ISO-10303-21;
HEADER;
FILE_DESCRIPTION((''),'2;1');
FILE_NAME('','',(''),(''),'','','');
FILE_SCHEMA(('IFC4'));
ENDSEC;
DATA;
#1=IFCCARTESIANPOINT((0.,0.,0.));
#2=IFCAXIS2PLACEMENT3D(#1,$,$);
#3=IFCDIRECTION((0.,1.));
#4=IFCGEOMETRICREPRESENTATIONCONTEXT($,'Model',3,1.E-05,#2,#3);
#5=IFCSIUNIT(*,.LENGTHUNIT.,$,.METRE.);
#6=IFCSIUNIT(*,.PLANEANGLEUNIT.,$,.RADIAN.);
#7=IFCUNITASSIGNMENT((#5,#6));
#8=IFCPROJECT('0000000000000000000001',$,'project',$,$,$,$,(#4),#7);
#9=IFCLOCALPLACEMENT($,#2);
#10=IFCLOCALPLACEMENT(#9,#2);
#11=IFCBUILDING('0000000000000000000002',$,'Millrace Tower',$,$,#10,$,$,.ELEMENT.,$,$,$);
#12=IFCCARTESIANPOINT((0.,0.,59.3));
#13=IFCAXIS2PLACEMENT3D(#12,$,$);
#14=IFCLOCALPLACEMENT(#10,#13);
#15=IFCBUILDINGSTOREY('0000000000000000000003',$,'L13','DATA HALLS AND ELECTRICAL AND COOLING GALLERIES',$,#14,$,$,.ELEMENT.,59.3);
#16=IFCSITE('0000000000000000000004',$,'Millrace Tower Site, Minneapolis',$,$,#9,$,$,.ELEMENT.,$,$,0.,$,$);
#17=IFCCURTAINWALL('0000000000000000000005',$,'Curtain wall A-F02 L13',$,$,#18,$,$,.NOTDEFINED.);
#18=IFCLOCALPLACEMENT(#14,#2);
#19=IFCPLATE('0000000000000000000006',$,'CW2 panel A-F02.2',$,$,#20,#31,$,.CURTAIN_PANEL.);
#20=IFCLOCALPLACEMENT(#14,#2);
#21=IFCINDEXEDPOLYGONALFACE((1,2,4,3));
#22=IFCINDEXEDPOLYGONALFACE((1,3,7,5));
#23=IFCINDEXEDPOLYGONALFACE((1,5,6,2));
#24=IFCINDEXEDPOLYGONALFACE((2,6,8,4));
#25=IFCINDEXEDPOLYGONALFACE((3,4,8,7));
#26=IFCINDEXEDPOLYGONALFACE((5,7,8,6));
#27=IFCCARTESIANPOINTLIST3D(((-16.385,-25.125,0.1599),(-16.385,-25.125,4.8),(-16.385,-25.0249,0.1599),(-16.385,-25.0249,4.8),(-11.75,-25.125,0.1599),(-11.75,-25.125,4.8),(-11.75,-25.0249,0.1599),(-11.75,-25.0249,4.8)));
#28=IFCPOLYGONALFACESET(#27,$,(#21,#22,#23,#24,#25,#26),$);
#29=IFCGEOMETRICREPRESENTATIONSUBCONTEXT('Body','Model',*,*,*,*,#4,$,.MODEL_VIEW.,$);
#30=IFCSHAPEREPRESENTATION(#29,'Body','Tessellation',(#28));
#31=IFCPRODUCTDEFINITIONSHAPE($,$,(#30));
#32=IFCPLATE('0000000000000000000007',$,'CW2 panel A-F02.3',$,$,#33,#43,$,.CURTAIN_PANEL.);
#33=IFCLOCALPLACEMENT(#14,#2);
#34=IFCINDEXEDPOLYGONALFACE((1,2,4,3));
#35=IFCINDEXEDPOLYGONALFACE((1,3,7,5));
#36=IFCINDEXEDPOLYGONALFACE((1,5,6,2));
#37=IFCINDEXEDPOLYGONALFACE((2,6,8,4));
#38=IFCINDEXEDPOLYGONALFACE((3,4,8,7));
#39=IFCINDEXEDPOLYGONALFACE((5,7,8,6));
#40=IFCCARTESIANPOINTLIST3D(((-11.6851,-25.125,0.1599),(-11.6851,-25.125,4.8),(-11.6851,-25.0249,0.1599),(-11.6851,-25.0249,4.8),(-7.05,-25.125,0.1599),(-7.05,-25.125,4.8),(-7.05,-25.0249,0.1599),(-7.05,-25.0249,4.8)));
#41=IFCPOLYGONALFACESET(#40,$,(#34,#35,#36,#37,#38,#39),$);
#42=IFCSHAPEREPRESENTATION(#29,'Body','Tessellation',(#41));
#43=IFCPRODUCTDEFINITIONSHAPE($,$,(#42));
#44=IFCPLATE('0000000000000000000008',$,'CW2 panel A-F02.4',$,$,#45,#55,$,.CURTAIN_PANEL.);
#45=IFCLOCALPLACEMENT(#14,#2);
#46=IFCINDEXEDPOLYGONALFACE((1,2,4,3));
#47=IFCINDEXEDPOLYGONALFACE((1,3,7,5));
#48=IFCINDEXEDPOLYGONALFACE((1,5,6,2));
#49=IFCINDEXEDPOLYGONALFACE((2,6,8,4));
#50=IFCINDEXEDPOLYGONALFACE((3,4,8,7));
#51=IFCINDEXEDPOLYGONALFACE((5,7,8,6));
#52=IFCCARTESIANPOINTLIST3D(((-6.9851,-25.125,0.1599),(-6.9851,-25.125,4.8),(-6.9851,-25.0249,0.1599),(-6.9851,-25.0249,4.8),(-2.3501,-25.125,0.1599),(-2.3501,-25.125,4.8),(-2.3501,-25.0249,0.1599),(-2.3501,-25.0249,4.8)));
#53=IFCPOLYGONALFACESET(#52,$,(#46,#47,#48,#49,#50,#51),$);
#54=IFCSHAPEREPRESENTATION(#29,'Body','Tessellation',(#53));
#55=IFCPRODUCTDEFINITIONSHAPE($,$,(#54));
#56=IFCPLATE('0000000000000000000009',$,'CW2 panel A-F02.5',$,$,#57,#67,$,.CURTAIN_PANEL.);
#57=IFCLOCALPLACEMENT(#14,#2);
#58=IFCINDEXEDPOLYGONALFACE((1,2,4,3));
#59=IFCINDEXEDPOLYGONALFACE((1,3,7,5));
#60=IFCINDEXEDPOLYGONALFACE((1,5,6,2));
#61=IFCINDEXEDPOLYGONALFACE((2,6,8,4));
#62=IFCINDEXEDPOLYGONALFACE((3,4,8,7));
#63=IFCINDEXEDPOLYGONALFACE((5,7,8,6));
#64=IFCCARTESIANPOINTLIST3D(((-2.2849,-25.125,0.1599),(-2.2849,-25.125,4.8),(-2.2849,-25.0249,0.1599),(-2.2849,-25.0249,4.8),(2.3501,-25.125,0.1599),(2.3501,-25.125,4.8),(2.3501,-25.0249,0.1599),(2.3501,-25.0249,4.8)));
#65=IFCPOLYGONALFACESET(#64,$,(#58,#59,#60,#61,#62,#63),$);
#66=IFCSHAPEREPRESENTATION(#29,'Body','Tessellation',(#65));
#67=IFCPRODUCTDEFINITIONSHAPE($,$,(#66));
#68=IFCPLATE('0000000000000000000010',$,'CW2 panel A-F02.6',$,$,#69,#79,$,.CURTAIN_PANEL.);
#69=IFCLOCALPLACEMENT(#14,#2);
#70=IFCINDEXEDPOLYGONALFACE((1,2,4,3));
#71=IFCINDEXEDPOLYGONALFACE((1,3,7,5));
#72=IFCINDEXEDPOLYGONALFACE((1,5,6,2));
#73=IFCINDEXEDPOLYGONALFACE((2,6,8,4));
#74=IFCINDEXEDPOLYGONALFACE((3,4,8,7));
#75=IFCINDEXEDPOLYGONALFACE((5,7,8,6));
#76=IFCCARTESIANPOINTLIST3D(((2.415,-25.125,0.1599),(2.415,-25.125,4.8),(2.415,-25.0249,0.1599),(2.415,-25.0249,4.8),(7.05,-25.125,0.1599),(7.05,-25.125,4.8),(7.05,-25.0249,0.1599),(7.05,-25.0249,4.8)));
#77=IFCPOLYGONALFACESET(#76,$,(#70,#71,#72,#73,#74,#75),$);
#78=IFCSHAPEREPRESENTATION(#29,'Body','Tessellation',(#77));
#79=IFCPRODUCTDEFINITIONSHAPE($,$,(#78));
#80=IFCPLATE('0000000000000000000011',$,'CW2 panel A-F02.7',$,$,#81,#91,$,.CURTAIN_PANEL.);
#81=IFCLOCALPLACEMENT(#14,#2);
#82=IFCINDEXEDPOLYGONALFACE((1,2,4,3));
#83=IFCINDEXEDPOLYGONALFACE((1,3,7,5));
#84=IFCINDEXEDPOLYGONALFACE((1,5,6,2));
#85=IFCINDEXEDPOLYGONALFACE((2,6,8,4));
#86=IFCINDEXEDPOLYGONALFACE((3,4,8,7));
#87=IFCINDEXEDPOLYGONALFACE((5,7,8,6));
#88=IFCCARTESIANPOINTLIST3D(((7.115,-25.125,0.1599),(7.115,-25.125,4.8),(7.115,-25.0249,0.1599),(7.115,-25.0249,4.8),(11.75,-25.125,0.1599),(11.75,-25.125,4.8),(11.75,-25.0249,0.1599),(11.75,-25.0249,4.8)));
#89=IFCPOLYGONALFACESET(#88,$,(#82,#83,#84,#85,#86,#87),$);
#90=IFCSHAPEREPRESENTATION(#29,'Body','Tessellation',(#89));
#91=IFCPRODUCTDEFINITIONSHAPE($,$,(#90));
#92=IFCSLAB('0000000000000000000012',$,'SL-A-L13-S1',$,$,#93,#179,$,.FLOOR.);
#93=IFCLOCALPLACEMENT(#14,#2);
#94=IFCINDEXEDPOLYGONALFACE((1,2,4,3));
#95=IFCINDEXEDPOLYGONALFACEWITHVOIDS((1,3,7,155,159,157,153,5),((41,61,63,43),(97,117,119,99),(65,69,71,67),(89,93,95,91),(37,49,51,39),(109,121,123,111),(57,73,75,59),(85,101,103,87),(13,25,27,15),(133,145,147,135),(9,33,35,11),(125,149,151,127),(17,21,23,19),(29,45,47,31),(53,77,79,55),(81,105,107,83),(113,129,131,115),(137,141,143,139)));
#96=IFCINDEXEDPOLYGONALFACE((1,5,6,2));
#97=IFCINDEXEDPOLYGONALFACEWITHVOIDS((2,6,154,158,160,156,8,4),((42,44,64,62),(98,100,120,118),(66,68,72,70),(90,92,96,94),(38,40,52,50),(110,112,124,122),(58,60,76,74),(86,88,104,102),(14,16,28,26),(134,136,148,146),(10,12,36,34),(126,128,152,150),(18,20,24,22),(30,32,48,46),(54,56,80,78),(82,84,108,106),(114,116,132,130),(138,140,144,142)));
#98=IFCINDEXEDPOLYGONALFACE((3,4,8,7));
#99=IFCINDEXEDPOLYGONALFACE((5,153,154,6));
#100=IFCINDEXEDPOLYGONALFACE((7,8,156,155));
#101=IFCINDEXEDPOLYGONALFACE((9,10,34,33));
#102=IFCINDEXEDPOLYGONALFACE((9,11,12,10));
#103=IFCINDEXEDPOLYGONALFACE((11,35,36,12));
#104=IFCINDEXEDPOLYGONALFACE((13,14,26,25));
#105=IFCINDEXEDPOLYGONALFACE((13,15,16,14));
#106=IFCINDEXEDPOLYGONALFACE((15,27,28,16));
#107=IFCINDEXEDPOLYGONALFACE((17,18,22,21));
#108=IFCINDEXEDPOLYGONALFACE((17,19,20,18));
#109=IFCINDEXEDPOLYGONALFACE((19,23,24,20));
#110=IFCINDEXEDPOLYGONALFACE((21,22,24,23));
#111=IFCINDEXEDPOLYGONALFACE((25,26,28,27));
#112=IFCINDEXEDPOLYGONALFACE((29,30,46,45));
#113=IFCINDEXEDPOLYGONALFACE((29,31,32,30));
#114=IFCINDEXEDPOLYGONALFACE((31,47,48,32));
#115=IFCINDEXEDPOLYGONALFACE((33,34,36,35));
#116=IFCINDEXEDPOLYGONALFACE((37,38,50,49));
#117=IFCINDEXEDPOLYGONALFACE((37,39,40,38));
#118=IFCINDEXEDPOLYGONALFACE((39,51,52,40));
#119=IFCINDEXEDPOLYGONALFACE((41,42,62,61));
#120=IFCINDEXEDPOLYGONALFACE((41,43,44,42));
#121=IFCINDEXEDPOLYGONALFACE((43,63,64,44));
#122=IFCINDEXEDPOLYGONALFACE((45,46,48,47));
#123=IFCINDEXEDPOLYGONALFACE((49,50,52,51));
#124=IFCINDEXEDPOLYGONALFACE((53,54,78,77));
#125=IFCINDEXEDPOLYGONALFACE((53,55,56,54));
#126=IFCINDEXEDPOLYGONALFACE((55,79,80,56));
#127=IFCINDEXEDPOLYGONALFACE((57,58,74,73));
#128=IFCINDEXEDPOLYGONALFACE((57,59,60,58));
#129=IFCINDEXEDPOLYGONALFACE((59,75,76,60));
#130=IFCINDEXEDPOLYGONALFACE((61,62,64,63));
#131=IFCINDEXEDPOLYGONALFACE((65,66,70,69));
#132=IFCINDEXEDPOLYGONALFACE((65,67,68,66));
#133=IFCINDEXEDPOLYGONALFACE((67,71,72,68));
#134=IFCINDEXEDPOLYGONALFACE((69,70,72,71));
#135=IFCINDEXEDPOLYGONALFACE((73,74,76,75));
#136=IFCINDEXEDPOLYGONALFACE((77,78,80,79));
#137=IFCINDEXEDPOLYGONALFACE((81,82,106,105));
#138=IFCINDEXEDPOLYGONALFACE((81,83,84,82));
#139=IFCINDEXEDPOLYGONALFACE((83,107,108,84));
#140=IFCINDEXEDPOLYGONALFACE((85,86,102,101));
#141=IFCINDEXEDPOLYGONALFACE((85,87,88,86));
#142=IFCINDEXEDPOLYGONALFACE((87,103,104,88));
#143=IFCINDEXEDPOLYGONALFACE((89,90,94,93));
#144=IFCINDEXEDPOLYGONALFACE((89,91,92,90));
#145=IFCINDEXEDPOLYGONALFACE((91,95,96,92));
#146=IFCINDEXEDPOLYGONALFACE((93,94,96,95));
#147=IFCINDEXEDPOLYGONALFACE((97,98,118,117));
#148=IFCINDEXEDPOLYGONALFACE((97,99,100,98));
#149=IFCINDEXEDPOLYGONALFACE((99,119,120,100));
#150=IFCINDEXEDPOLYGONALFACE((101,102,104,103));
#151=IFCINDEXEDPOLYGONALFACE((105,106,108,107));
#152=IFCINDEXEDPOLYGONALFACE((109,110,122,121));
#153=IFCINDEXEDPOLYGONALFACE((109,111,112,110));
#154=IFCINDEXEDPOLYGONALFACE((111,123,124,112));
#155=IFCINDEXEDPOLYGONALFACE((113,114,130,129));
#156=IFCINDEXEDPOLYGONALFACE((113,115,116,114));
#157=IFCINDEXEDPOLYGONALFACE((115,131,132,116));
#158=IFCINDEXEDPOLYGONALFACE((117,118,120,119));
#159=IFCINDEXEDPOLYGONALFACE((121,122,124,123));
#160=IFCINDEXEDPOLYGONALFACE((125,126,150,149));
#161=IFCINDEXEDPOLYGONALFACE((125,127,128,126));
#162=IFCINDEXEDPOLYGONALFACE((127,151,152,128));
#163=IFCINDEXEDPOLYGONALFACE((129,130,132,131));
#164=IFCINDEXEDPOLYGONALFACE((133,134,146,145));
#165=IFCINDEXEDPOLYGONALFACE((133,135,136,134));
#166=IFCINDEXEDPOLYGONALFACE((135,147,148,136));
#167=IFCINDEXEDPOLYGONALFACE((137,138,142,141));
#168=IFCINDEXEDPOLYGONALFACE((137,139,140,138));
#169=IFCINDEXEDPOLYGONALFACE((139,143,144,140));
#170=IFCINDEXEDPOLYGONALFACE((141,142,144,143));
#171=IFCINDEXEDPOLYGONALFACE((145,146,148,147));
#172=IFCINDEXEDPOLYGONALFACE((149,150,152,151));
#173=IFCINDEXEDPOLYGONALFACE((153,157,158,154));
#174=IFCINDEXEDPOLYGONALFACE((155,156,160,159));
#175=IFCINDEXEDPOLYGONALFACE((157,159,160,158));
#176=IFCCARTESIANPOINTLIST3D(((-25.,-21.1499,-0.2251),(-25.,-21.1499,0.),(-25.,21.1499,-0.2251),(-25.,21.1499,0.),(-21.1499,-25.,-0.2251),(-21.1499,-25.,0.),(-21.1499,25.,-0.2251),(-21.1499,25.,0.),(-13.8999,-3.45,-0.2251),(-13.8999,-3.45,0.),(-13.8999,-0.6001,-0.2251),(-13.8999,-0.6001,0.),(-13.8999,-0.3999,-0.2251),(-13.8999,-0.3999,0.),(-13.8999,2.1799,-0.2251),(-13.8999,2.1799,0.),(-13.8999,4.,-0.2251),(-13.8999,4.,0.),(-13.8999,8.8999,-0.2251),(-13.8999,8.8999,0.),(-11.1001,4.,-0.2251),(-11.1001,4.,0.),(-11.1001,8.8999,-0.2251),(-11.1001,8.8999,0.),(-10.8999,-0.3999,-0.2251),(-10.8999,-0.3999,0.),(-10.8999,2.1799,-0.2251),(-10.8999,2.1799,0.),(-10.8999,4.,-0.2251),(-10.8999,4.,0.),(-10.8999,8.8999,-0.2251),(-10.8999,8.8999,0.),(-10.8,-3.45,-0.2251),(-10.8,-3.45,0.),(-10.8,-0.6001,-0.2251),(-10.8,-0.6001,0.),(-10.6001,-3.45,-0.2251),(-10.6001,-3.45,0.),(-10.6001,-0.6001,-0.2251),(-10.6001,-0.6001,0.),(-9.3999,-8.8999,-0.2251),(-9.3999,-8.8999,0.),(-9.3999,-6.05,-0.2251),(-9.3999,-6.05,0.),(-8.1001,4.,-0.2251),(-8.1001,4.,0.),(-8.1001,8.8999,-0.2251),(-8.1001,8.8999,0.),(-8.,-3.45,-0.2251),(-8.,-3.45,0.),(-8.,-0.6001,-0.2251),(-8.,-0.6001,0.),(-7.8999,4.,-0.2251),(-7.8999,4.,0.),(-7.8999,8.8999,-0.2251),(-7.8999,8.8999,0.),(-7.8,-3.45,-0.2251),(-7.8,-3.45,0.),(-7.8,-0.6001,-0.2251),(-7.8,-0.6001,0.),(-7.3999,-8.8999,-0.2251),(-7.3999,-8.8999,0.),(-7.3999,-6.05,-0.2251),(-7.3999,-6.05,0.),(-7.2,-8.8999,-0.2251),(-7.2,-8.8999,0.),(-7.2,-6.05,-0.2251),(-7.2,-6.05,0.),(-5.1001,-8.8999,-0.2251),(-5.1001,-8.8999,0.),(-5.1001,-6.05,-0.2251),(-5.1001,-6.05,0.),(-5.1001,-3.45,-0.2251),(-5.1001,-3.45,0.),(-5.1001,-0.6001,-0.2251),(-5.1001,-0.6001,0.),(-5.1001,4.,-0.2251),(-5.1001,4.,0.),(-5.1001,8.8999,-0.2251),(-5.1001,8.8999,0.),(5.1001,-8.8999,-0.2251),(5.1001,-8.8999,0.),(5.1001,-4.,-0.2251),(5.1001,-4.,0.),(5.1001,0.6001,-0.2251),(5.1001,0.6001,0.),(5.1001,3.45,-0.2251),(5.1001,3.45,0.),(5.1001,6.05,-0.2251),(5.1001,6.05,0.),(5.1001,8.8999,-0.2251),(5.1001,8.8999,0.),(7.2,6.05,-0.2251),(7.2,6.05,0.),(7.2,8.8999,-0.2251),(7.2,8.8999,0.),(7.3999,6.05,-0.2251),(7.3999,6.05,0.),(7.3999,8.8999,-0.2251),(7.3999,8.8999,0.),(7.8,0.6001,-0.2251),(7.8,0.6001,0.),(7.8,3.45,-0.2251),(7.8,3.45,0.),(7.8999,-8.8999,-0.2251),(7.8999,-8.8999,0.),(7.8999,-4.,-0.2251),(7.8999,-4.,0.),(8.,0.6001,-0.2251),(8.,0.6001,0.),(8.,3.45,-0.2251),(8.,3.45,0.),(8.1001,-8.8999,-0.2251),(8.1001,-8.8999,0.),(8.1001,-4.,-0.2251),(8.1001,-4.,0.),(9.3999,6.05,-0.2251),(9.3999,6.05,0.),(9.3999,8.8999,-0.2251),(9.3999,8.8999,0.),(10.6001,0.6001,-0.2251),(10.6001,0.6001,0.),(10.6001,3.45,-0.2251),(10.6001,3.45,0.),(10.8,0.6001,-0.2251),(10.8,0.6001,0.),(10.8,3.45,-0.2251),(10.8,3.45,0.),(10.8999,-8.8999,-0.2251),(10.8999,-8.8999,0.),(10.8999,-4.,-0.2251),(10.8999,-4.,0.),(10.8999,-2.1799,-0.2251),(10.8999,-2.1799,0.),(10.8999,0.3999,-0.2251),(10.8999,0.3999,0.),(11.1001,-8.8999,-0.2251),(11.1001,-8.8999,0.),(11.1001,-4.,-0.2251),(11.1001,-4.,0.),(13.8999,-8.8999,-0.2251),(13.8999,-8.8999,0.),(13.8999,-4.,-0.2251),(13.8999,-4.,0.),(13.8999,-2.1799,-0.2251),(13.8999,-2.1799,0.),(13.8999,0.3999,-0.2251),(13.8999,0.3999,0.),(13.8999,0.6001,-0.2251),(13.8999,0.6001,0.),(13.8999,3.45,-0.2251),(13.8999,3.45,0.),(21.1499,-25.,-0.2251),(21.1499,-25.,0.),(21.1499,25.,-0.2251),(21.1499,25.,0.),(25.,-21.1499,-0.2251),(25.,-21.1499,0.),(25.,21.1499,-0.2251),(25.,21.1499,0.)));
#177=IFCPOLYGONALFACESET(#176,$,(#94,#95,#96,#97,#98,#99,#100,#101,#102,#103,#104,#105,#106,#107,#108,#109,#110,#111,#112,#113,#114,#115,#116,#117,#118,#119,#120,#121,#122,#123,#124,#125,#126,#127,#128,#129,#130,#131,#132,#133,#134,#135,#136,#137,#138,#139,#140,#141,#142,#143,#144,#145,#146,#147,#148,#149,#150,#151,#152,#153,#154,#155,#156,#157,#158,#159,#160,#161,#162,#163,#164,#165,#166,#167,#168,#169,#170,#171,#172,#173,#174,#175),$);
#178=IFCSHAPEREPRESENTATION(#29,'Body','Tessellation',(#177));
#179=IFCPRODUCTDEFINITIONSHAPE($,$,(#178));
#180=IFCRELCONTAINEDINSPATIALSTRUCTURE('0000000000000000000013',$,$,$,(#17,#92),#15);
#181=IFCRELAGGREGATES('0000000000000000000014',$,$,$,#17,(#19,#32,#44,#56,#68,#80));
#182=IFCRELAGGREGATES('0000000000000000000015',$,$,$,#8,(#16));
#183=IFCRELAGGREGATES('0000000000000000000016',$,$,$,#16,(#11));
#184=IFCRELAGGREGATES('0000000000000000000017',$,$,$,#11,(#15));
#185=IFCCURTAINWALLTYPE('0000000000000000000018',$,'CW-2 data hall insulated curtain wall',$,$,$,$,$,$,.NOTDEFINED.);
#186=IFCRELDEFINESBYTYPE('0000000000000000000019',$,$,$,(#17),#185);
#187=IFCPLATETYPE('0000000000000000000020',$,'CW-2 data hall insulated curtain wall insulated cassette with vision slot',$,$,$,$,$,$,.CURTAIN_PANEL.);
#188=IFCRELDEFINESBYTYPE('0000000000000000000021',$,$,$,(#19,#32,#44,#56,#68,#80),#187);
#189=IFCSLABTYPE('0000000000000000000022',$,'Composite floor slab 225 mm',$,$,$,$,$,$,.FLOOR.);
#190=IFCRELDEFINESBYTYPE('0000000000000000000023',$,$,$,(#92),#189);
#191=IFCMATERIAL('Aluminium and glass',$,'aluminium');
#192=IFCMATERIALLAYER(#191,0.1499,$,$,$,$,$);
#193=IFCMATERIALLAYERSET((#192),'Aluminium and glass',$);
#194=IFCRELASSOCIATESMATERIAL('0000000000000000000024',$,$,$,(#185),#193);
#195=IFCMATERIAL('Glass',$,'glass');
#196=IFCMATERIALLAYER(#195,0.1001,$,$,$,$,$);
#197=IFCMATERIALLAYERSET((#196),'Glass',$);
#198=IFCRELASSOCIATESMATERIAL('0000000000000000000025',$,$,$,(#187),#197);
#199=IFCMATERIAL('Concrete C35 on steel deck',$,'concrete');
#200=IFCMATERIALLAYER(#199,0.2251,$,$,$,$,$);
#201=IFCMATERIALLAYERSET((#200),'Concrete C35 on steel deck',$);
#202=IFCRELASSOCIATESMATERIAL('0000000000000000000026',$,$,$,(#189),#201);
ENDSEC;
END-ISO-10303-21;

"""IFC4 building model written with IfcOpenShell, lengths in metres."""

from ifc_helpers import new_model, si_unit, direction, frame, origin, place, context, subcontext, project, spatial, polyline, outline, extrude, material, layer, layer_set, type_object, element, aggregate, save


model = new_model("IFC4")

# Units and contexts
model_context = context("Model", 3, precision=1e-05, world=origin(), true_north=direction((0.0, 1.0)))
body_context = subcontext(model_context, "Body", "Model", "MODEL_VIEW")
ifc_project = project(units=[si_unit("LENGTHUNIT", "METRE"), si_unit("PLANEANGLEUNIT", "RADIAN")], contexts=[model_context])

# Site, building, storey
site_placement = place(None, origin())
site = spatial("IfcSite", under=ifc_project, at=site_placement, Name="Millrace Tower Site, Minneapolis", CompositionType="ELEMENT", RefElevation=0.0)
building_placement = place(site_placement, origin())
building = spatial("IfcBuilding", under=site, at=building_placement, Name="Millrace Tower", CompositionType="ELEMENT")
storey_placement = place(building_placement, frame((0.0, 0.0, 59.3)))
storey = spatial("IfcBuildingStorey", under=building, at=storey_placement, Name="L13", Description="DATA HALLS AND ELECTRICAL AND COOLING GALLERIES", CompositionType="ELEMENT", Elevation=59.3)

# Shared definitions
ifc_material_1 = material(Name="Aluminium and glass", Category="aluminium")
ifc_layer_1 = layer(ifc_material_1, 0.1499)
ifc_layer_set_1 = layer_set([ifc_layer_1], Name="Aluminium and glass")
curtain_wall_type = type_object("IfcCurtainWallType", Name="CW-2 data hall insulated curtain wall", PredefinedType="NOTDEFINED", material=ifc_layer_set_1)
placement_1 = place(storey_placement, origin())
ifc_material_2 = material(Name="Glass", Category="glass")
ifc_layer_2 = layer(ifc_material_2, 0.1001)
ifc_layer_set_2 = layer_set([ifc_layer_2], Name="Glass")
plate_type = type_object("IfcPlateType", Name="CW-2 data hall insulated curtain wall insulated cassette with vision slot", PredefinedType="CURTAIN_PANEL", material=ifc_layer_set_2)
placement_2 = place(storey_placement, frame((0.0, 0.0, 0.1599)))

# Curtain wall, plates
curtain_wall_1 = element("IfcCurtainWall", 1, at=placement_1, inside=storey, type_object=curtain_wall_type, Name="Curtain wall A-F02 L13", PredefinedType="NOTDEFINED")
plate_1 = element("IfcPlate", 2, at=placement_2, type_object=plate_type, Name="CW2 panel A-F02.2", PredefinedType="CURTAIN_PANEL", context=body_context, shape_type="SweptSolid", body=[
    extrude(outline(polyline([(-16.385, -25.125), (-11.75, -25.125), (-11.75, -25.0249), (-16.385, -25.0249), (-16.385, -25.125)])), origin(), (0.0, 0.0, 1.0), 4.6401),
])
plate_2 = element("IfcPlate", 3, at=placement_2, type_object=plate_type, Name="CW2 panel A-F02.3", PredefinedType="CURTAIN_PANEL", context=body_context, shape_type="SweptSolid", body=[
    extrude(outline(polyline([(-11.6851, -25.125), (-7.05, -25.125), (-7.05, -25.0249), (-11.6851, -25.0249), (-11.6851, -25.125)])), origin(), (0.0, 0.0, 1.0), 4.6401),
])
plate_3 = element("IfcPlate", 4, at=placement_2, type_object=plate_type, Name="CW2 panel A-F02.4", PredefinedType="CURTAIN_PANEL", context=body_context, shape_type="SweptSolid", body=[
    extrude(outline(polyline([(-6.9851, -25.125), (-2.3501, -25.125), (-2.3501, -25.0249), (-6.9851, -25.0249), (-6.9851, -25.125)])), origin(), (0.0, 0.0, 1.0), 4.6401),
])
plate_4 = element("IfcPlate", 5, at=placement_2, type_object=plate_type, Name="CW2 panel A-F02.5", PredefinedType="CURTAIN_PANEL", context=body_context, shape_type="SweptSolid", body=[
    extrude(outline(polyline([(-2.2849, -25.125), (2.3501, -25.125), (2.3501, -25.0249), (-2.2849, -25.0249), (-2.2849, -25.125)])), origin(), (0.0, 0.0, 1.0), 4.6401),
])
plate_5 = element("IfcPlate", 6, at=placement_2, type_object=plate_type, Name="CW2 panel A-F02.6", PredefinedType="CURTAIN_PANEL", context=body_context, shape_type="SweptSolid", body=[
    extrude(outline(polyline([(2.415, -25.125), (7.05, -25.125), (7.05, -25.0249), (2.415, -25.0249), (2.415, -25.125)])), origin(), (0.0, 0.0, 1.0), 4.6401),
])
plate_6 = element("IfcPlate", 7, at=placement_2, type_object=plate_type, Name="CW2 panel A-F02.7", PredefinedType="CURTAIN_PANEL", context=body_context, shape_type="SweptSolid", body=[
    extrude(outline(polyline([(7.115, -25.125), (11.75, -25.125), (11.75, -25.0249), (7.115, -25.0249), (7.115, -25.125)])), origin(), (0.0, 0.0, 1.0), 4.6401),
])
aggregate(curtain_wall_1, [plate_1, plate_2, plate_3, plate_4, plate_5, plate_6])

# Slab
ifc_material_3 = material(Name="Concrete C35 on steel deck", Category="concrete")
ifc_layer_3 = layer(ifc_material_3, 0.2251)
ifc_layer_set_3 = layer_set([ifc_layer_3], Name="Concrete C35 on steel deck")
slab_type = type_object("IfcSlabType", Name="Composite floor slab 225 mm", PredefinedType="FLOOR", material=ifc_layer_set_3)
slab_placement = place(storey_placement, frame((0.0, 0.0, -0.2251)))
element("IfcSlab", 8, at=slab_placement, inside=storey, type_object=slab_type, Name="SL-A-L13-S1", PredefinedType="FLOOR", context=body_context, shape_type="SweptSolid", body=[
    extrude(outline(polyline([(-25.0, -21.1499), (-21.1499, -25.0), (21.1499, -25.0), (25.0, -21.1499), (25.0, 21.1499), (21.1499, 25.0), (-21.1499, 25.0), (-25.0, 21.1499), (-25.0, -21.1499)]), holes=[polyline([(-9.3999, -8.8999), (-7.3999, -8.8999), (-7.3999, -6.05), (-9.3999, -6.05), (-9.3999, -8.8999)]), polyline([(-7.2, -8.8999), (-5.1001, -8.8999), (-5.1001, -6.05), (-7.2, -6.05), (-7.2, -8.8999)]), polyline([(-13.8999, -3.45), (-10.8, -3.45), (-10.8, -0.6001), (-13.8999, -0.6001), (-13.8999, -3.45)]), polyline([(-10.6001, -3.45), (-8.0, -3.45), (-8.0, -0.6001), (-10.6001, -0.6001), (-10.6001, -3.45)]), polyline([(-7.8, -3.45), (-5.1001, -3.45), (-5.1001, -0.6001), (-7.8, -0.6001), (-7.8, -3.45)]), polyline([(-13.8999, -0.3999), (-10.8999, -0.3999), (-10.8999, 2.1799), (-13.8999, 2.1799), (-13.8999, -0.3999)]), polyline([(-13.8999, 4.0), (-11.1001, 4.0), (-11.1001, 8.8999), (-13.8999, 8.8999), (-13.8999, 4.0)]), polyline([(-10.8999, 4.0), (-8.1001, 4.0), (-8.1001, 8.8999), (-10.8999, 8.8999), (-10.8999, 4.0)]), polyline([(-7.8999, 4.0), (-5.1001, 4.0), (-5.1001, 8.8999), (-7.8999, 8.8999), (-7.8999, 4.0)]), polyline([(7.3999, 6.05), (9.3999, 6.05), (9.3999, 8.8999), (7.3999, 8.8999), (7.3999, 6.05)]), polyline([(5.1001, 6.05), (7.2, 6.05), (7.2, 8.8999), (5.1001, 8.8999), (5.1001, 6.05)]), polyline([(10.8, 0.6001), (13.8999, 0.6001), (13.8999, 3.45), (10.8, 3.45), (10.8, 0.6001)]), polyline([(8.0, 0.6001), (10.6001, 0.6001), (10.6001, 3.45), (8.0, 3.45), (8.0, 0.6001)]), polyline([(5.1001, 0.6001), (7.8, 0.6001), (7.8, 3.45), (5.1001, 3.45), (5.1001, 0.6001)]), polyline([(10.8999, -2.1799), (13.8999, -2.1799), (13.8999, 0.3999), (10.8999, 0.3999), (10.8999, -2.1799)]), polyline([(11.1001, -8.8999), (13.8999, -8.8999), (13.8999, -4.0), (11.1001, -4.0), (11.1001, -8.8999)]), polyline([(8.1001, -8.8999), (10.8999, -8.8999), (10.8999, -4.0), (8.1001, -4.0), (8.1001, -8.8999)]), polyline([(5.1001, -8.8999), (7.8999, -8.8999), (7.8999, -4.0), (5.1001, -4.0), (5.1001, -8.8999)])]), origin(), (0.0, 0.0, 1.0), 0.2251),
])

save(model, "model.ifc")
